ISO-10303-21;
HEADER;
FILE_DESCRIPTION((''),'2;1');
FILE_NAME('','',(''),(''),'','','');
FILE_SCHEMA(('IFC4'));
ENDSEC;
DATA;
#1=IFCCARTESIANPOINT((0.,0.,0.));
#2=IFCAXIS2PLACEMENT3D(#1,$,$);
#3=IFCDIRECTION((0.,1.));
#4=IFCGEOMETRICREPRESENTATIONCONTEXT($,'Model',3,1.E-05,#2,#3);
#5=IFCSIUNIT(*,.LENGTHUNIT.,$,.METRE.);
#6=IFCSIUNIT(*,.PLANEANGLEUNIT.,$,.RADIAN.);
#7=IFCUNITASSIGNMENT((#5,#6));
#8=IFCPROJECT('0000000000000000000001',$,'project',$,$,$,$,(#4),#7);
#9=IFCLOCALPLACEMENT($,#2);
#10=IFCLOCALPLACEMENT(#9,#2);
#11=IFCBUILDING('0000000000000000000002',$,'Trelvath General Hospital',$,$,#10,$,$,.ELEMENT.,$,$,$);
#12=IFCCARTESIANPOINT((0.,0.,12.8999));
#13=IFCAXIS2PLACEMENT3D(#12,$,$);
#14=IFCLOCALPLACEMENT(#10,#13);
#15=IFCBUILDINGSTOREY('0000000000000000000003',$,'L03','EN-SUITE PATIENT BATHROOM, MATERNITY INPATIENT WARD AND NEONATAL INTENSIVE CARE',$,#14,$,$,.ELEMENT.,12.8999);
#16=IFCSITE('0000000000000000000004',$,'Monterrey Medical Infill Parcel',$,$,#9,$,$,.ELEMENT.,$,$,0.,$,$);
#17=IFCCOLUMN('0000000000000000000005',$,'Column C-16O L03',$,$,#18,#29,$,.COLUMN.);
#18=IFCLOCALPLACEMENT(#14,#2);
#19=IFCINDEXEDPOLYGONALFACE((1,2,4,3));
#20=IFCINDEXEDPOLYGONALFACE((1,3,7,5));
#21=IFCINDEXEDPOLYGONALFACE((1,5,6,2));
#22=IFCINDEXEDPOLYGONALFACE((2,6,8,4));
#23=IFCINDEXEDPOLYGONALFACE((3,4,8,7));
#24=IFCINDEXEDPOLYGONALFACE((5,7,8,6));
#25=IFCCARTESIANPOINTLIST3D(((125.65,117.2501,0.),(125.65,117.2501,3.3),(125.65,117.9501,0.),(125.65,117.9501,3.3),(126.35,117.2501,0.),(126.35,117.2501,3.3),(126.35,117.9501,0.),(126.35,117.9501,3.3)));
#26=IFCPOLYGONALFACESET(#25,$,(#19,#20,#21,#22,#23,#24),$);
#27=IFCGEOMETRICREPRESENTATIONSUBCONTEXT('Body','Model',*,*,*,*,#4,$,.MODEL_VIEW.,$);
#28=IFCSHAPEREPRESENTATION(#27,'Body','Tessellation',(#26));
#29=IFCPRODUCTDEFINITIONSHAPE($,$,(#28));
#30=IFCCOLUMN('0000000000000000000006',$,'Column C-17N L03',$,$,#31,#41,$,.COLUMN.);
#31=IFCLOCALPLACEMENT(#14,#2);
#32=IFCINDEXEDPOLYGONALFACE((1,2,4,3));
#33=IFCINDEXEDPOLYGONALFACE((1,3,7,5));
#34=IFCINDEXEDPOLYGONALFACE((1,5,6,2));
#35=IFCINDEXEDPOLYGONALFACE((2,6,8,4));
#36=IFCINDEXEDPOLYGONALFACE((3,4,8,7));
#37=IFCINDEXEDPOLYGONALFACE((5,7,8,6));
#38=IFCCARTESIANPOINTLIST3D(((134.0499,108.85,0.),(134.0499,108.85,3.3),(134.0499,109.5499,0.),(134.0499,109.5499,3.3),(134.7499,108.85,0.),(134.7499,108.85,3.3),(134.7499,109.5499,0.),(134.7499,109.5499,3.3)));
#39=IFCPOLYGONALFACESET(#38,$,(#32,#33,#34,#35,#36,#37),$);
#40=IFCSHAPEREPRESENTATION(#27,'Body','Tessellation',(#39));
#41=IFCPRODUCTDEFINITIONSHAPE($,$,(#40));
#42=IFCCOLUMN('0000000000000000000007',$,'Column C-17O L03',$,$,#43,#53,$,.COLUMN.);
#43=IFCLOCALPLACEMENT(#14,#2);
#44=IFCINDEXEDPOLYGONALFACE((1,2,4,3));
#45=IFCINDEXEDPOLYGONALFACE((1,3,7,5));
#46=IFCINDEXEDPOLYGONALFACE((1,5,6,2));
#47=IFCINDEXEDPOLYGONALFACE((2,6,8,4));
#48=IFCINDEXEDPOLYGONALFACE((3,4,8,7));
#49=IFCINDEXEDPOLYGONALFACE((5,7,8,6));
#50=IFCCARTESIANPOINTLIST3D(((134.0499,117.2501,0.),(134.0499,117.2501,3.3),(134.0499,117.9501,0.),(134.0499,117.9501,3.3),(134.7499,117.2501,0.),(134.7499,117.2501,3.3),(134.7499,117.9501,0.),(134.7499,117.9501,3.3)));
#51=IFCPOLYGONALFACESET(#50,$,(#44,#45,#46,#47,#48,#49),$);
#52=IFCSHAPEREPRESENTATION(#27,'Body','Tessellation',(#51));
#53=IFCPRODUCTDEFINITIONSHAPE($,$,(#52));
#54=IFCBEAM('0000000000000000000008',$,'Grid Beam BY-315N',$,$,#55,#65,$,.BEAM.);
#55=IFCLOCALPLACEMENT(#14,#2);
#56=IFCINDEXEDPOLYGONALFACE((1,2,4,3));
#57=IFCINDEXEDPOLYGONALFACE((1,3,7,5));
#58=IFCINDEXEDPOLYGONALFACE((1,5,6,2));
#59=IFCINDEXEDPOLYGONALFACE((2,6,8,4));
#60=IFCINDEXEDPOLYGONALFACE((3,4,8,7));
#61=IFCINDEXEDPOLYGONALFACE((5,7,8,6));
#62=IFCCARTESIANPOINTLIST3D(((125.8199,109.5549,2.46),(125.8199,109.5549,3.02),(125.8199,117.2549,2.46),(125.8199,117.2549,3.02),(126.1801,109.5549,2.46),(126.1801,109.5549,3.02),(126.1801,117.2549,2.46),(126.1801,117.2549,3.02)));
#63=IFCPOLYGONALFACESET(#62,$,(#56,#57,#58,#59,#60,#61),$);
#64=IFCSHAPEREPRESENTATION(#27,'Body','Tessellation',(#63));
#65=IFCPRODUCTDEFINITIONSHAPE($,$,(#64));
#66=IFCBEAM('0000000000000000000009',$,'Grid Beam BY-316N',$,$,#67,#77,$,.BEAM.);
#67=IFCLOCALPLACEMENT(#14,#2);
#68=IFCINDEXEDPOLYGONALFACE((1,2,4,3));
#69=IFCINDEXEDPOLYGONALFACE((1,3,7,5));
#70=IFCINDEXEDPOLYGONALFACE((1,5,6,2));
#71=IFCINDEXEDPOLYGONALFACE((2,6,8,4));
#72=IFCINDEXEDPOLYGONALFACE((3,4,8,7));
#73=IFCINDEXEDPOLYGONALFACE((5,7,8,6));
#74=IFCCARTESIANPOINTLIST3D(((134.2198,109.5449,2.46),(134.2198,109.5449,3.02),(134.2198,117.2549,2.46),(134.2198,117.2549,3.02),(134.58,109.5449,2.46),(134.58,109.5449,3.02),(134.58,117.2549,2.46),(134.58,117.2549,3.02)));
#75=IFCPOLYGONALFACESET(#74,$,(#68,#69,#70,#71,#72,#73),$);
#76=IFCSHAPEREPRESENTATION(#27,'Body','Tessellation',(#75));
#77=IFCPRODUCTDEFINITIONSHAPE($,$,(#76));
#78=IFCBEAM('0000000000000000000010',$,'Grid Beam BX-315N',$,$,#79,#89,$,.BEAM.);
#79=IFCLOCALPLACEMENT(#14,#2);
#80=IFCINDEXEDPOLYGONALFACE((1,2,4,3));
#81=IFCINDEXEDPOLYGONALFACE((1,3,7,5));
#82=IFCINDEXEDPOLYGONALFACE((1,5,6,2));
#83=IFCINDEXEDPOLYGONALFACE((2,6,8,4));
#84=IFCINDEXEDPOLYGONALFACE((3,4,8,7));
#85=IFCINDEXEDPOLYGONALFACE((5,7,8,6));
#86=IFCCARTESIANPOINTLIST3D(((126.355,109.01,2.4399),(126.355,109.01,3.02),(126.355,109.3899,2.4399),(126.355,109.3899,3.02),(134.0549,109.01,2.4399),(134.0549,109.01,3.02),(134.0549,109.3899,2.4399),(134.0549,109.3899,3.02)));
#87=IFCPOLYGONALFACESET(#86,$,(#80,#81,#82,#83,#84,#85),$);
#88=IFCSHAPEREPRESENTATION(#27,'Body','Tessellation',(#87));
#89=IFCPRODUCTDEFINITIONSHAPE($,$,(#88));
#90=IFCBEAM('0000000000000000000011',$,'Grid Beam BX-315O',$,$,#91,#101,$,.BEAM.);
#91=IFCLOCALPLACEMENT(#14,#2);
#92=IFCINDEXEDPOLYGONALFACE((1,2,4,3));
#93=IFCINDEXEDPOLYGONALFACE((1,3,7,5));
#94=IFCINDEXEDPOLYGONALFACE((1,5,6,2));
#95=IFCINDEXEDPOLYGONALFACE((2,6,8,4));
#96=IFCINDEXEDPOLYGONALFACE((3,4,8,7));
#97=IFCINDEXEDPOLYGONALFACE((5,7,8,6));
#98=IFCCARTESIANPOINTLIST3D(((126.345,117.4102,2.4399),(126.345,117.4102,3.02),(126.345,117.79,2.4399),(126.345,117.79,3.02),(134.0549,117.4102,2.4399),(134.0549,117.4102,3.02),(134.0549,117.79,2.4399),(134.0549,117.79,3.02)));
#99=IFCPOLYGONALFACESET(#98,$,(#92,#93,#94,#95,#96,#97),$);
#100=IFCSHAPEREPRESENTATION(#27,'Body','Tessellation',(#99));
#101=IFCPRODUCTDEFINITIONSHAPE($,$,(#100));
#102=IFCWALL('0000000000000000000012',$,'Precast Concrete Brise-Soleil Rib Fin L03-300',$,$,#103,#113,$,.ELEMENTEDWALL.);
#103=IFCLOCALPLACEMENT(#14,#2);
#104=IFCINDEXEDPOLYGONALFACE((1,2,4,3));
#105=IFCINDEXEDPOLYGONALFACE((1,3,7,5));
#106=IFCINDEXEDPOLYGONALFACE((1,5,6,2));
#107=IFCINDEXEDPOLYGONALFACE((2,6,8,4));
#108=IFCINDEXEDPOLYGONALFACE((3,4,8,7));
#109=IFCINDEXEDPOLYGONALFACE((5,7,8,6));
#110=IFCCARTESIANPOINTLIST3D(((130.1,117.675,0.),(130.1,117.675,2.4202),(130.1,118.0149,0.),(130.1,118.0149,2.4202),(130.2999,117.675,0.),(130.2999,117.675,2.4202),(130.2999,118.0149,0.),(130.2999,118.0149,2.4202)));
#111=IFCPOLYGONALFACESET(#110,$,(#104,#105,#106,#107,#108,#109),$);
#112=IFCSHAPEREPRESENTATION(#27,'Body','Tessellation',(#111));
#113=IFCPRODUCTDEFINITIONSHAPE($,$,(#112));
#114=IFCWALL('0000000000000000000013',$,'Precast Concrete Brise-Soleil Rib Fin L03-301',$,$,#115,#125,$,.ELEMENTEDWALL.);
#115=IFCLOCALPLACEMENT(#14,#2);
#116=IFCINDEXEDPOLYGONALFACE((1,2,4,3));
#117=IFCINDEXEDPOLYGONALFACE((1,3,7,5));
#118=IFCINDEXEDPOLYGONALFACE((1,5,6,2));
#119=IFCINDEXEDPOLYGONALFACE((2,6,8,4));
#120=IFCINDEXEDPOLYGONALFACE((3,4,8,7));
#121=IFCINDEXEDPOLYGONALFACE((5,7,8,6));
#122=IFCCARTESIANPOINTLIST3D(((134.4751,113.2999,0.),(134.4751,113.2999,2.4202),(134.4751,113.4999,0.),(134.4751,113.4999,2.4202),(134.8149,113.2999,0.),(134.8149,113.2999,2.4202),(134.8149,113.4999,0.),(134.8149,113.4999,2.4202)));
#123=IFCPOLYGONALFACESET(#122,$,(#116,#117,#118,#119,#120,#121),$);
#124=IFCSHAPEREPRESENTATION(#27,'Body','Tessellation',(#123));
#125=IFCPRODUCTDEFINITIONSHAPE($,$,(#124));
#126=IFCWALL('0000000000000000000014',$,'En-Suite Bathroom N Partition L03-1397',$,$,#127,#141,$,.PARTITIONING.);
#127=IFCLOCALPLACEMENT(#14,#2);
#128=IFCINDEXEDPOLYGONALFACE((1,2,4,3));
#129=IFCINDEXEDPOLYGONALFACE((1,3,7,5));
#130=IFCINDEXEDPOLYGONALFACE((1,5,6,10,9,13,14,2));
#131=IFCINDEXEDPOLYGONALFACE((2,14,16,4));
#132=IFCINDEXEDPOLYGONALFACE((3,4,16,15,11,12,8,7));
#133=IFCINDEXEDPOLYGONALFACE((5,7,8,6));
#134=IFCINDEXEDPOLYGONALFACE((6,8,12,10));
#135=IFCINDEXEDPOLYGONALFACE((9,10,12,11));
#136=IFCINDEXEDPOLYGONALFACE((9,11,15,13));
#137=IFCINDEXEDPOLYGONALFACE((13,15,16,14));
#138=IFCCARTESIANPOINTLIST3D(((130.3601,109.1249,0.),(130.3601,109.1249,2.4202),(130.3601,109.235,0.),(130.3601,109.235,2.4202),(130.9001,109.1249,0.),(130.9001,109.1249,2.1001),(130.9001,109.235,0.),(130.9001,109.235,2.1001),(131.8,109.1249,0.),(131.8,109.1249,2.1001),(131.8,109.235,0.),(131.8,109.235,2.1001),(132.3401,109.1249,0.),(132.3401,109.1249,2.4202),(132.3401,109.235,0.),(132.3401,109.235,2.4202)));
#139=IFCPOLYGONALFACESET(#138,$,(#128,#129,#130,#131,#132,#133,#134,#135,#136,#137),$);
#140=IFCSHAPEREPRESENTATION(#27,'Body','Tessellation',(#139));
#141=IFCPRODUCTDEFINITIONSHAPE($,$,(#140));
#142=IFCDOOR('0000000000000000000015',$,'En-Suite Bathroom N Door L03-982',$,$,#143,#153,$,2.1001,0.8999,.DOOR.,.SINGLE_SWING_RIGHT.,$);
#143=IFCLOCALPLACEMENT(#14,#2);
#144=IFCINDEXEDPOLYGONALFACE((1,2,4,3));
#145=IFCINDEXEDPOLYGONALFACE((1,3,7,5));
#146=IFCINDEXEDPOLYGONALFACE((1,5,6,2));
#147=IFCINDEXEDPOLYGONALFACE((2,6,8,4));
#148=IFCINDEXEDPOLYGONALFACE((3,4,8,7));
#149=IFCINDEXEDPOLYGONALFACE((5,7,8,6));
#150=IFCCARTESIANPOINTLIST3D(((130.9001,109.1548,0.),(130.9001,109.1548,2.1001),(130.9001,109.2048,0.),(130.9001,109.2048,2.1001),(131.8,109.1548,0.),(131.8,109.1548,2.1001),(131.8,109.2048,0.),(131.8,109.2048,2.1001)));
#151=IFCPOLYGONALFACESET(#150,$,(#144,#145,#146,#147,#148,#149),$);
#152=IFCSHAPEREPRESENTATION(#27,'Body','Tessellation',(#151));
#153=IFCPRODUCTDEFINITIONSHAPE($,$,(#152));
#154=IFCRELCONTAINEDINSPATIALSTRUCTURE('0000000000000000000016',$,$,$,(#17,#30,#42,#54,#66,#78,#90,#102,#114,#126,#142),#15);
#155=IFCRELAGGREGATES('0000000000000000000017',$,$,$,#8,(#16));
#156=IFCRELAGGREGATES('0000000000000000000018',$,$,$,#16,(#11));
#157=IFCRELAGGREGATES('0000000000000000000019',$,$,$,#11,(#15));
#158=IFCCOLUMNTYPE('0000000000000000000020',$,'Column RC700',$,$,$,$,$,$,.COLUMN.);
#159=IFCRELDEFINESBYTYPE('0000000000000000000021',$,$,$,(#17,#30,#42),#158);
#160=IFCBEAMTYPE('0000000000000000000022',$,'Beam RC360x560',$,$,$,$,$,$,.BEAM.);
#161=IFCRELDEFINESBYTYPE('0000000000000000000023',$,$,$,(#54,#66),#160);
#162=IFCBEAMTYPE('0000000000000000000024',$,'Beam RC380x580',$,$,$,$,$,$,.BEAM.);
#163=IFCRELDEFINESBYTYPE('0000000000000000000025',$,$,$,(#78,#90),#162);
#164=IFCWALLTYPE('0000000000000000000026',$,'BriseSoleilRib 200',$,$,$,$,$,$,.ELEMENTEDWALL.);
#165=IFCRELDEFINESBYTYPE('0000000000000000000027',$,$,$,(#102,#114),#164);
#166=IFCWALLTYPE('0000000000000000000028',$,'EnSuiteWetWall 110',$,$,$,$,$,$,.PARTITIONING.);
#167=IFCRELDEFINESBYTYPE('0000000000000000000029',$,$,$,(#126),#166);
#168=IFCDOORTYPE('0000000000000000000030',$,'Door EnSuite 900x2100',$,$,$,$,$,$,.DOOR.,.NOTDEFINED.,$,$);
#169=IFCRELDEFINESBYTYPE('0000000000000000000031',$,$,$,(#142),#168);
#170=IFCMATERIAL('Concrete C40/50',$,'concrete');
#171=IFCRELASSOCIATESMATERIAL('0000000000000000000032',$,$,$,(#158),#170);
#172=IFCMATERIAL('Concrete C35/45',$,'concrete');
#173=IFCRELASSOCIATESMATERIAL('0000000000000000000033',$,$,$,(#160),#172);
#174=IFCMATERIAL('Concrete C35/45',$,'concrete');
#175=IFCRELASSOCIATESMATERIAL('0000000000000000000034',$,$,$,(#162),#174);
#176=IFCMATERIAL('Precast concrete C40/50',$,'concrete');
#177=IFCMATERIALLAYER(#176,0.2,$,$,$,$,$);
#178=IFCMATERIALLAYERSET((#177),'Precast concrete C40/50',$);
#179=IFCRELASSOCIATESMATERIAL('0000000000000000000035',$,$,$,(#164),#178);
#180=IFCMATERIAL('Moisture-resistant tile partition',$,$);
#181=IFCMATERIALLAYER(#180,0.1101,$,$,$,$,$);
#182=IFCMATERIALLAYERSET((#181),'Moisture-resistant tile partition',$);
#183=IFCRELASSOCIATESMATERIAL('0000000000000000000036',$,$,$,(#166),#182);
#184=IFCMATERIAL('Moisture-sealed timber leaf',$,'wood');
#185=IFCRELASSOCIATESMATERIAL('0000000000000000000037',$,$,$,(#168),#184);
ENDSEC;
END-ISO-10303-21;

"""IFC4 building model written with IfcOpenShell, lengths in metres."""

from ifc_helpers import new_model, si_unit, direction, frame, frame_2d, origin, origin_2d, place, context, subcontext, project, spatial, rectangle, extrude, material, layer, layer_set, material_profile, profile_set, type_object, element, fill, save


model = new_model("IFC4")

# Units and contexts
model_context = context("Model", 3, precision=1e-05, world=origin(), true_north=direction((0.0, 1.0)))
body_context = subcontext(model_context, "Body", "Model", "MODEL_VIEW")
ifc_project = project(units=[si_unit("LENGTHUNIT", "METRE"), si_unit("PLANEANGLEUNIT", "RADIAN")], contexts=[model_context])

# Site, building, storey
site_placement = place(None, origin())
site = spatial("IfcSite", under=ifc_project, at=site_placement, Name="Monterrey Medical Infill Parcel", CompositionType="ELEMENT", RefElevation=0.0)
building_placement = place(site_placement, origin())
building = spatial("IfcBuilding", under=site, at=building_placement, Name="Trelvath General Hospital", CompositionType="ELEMENT")
storey_placement = place(building_placement, frame((0.0, 0.0, 12.8999)))
storey = spatial("IfcBuildingStorey", under=building, at=storey_placement, Name="L03", Description="EN-SUITE PATIENT BATHROOM, MATERNITY INPATIENT WARD AND NEONATAL INTENSIVE CARE", CompositionType="ELEMENT", Elevation=12.8999)

# Columns
ifc_material_1 = material(Name="Concrete C40/50", Category="concrete")
ifc_material_profile_1 = material_profile(ifc_material_1, rectangle(XDim=0.7, YDim=0.7, at=origin_2d()), Name="RC700x700")
ifc_profile_set_1 = profile_set([ifc_material_profile_1], Name="Concrete C40/50")
column_type = type_object("IfcColumnType", Name="Column RC700", PredefinedType="COLUMN", material=ifc_profile_set_1)
for number, where, z_axis, x_axis, name in (
    (1, (126.0, 117.6001, 0.0), (0.0, 0.0, 1.0), (1.0, 0.0, 0.0), "Column C-16O L03"),
    (2, (134.3999, 109.2, 0.0), (0.0, 0.0, 1.0), (1.0, 0.0, 0.0), "Column C-17N L03"),
    (3, (134.3999, 117.6001, 0.0), (0.0, 0.0, 1.0), (1.0, 0.0, 0.0), "Column C-17O L03"),
):
    element("IfcColumn", number, at=place(storey_placement, frame(where, z_axis=z_axis, x_axis=x_axis)), inside=storey, type_object=column_type, Name=name, PredefinedType="COLUMN", context=body_context, shape_type="SweptSolid", body=[
        extrude(rectangle(XDim=0.7, YDim=0.7, at=origin_2d()), origin(), (0.0, 0.0, 1.0), 3.3),
    ])

# Beams
ifc_material_2 = material(Name="Concrete C35/45", Category="concrete")
ifc_material_profile_2 = material_profile(ifc_material_2, rectangle(XDim=0.3601, YDim=0.5601, at=origin_2d()), Name="RCB360x560")
ifc_profile_set_2 = profile_set([ifc_material_profile_2], Name="Concrete C35/45")
beam_type_1 = type_object("IfcBeamType", Name="Beam RC360x560", PredefinedType="BEAM", material=ifc_profile_set_2)
beam_1_placement = place(storey_placement, frame((126.0, 109.5549, 2.74), z_axis=(0.0, 1.0, 0.0), x_axis=(-1.0, 0.0, 0.0)))
element("IfcBeam", 4, at=beam_1_placement, inside=storey, type_object=beam_type_1, Name="Grid Beam BY-315N", PredefinedType="BEAM", context=body_context, shape_type="SweptSolid", body=[
    extrude(rectangle(XDim=0.3601, YDim=0.5601, at=origin_2d()), origin(), (0.0, 0.0, 1.0), 7.7),
])
beam_2_placement = place(storey_placement, frame((134.3999, 109.5449, 2.74), z_axis=(0.0, 1.0, 0.0), x_axis=(-1.0, 0.0, 0.0)))
element("IfcBeam", 5, at=beam_2_placement, inside=storey, type_object=beam_type_1, Name="Grid Beam BY-316N", PredefinedType="BEAM", context=body_context, shape_type="SweptSolid", body=[
    extrude(rectangle(XDim=0.3601, YDim=0.5601, at=origin_2d()), origin(), (0.0, 0.0, 1.0), 7.71),
])
ifc_material_3 = material(Name="Concrete C35/45", Category="concrete")
ifc_material_profile_3 = material_profile(ifc_material_3, rectangle(XDim=0.3799, YDim=0.5801, at=origin_2d()), Name="RCB380x580")
ifc_profile_set_3 = profile_set([ifc_material_profile_3], Name="Concrete C35/45")
beam_type_2 = type_object("IfcBeamType", Name="Beam RC380x580", PredefinedType="BEAM", material=ifc_profile_set_3)
beam_3_placement = place(storey_placement, frame((126.355, 109.2, 2.73), z_axis=(1.0, 0.0, 0.0), x_axis=(0.0, 1.0, 0.0)))
element("IfcBeam", 6, at=beam_3_placement, inside=storey, type_object=beam_type_2, Name="Grid Beam BX-315N", PredefinedType="BEAM", context=body_context, shape_type="SweptSolid", body=[
    extrude(rectangle(XDim=0.3799, YDim=0.5801, at=origin_2d()), origin(), (0.0, 0.0, 1.0), 7.7),
])
beam_4_placement = place(storey_placement, frame((126.345, 117.6001, 2.73), z_axis=(1.0, 0.0, 0.0), x_axis=(0.0, 1.0, 0.0)))
element("IfcBeam", 7, at=beam_4_placement, inside=storey, type_object=beam_type_2, Name="Grid Beam BX-315O", PredefinedType="BEAM", context=body_context, shape_type="SweptSolid", body=[
    extrude(rectangle(XDim=0.3799, YDim=0.5801, at=origin_2d()), origin(), (0.0, 0.0, 1.0), 7.71),
])

# Walls
ifc_material_4 = material(Name="Precast concrete C40/50", Category="concrete")
ifc_layer_1 = layer(ifc_material_4, 0.2)
ifc_layer_set_1 = layer_set([ifc_layer_1], Name="Precast concrete C40/50")
wall_type_1 = type_object("IfcWallType", Name="BriseSoleilRib 200", PredefinedType="ELEMENTEDWALL", material=ifc_layer_set_1)
for number, where, z_axis, x_axis, name in (
    (8, (130.2, 117.675, 0.0), (0.0, 0.0, 1.0), (0.0, 1.0, 0.0), "Precast Concrete Brise-Soleil Rib Fin L03-300"),
    (9, (134.4751, 113.3999, 0.0), (0.0, 0.0, 1.0), (1.0, 0.0, 0.0), "Precast Concrete Brise-Soleil Rib Fin L03-301"),
):
    element("IfcWall", number, at=place(storey_placement, frame(where, z_axis=z_axis, x_axis=x_axis)), inside=storey, type_object=wall_type_1, Name=name, PredefinedType="ELEMENTEDWALL", context=body_context, shape_type="SweptSolid", body=[
        extrude(rectangle(XDim=0.3398, YDim=0.2, at=frame_2d((0.1699, 0.0))), origin(), (0.0, 0.0, 1.0), 2.4202),
    ])

# Wall, opening, door
ifc_material_5 = material(Name="Moisture-resistant tile partition")
ifc_layer_2 = layer(ifc_material_5, 0.1101)
ifc_layer_set_2 = layer_set([ifc_layer_2], Name="Moisture-resistant tile partition")
wall_type_2 = type_object("IfcWallType", Name="EnSuiteWetWall 110", PredefinedType="PARTITIONING", material=ifc_layer_set_2)
wall_1_placement = place(storey_placement, frame((130.3601, 109.1799, 0.0), z_axis=(0.0, 0.0, 1.0), x_axis=(1.0, 0.0, 0.0)))
wall_1 = element("IfcWall", 10, at=wall_1_placement, inside=storey, type_object=wall_type_2, Name="En-Suite Bathroom N Partition L03-1397", PredefinedType="PARTITIONING", context=body_context, shape_type="SweptSolid", body=[
    extrude(rectangle(XDim=1.98, YDim=0.1101, at=frame_2d((0.99, 0.0))), origin(), (0.0, 0.0, 1.0), 2.4202),
])
opening_1_placement = place(wall_1_placement, frame((0.54, 0.0, 0.0)))
opening_1 = element("IfcOpeningElement", 11, at=opening_1_placement, cuts=wall_1, PredefinedType="OPENING", context=body_context, shape_type="SweptSolid", body=[
    extrude(rectangle(XDim=0.8999, YDim=2.1001, at=frame_2d((0.45, 1.05))), frame((0.0, 0.0649, 0.0), z_axis=(0.0, -1.0, 0.0), x_axis=(1.0, 0.0, 0.0)), (0.0, 0.0, 1.0), 0.1301),
])
ifc_material_6 = material(Name="Moisture-sealed timber leaf", Category="wood")
door_type = type_object("IfcDoorType", Name="Door EnSuite 900x2100", OperationType="NOTDEFINED", PredefinedType="DOOR", material=ifc_material_6)
door_placement = place(opening_1_placement, origin())
door = element("IfcDoor", 12, at=door_placement, inside=storey, type_object=door_type, Name="En-Suite Bathroom N Door L03-982", OperationType="SINGLE_SWING_RIGHT", OverallHeight=2.1001, OverallWidth=0.8999, PredefinedType="DOOR", context=body_context, shape_type="SweptSolid", body=[
    extrude(rectangle(XDim=0.8999, YDim=2.1001, at=frame_2d((0.45, 1.05))), frame((0.0, 0.0249, 0.0), z_axis=(0.0, -1.0, 0.0), x_axis=(1.0, 0.0, 0.0)), (0.0, 0.0, 1.0), 0.05),
])
fill(opening_1, door)

save(model, "model.ifc")
